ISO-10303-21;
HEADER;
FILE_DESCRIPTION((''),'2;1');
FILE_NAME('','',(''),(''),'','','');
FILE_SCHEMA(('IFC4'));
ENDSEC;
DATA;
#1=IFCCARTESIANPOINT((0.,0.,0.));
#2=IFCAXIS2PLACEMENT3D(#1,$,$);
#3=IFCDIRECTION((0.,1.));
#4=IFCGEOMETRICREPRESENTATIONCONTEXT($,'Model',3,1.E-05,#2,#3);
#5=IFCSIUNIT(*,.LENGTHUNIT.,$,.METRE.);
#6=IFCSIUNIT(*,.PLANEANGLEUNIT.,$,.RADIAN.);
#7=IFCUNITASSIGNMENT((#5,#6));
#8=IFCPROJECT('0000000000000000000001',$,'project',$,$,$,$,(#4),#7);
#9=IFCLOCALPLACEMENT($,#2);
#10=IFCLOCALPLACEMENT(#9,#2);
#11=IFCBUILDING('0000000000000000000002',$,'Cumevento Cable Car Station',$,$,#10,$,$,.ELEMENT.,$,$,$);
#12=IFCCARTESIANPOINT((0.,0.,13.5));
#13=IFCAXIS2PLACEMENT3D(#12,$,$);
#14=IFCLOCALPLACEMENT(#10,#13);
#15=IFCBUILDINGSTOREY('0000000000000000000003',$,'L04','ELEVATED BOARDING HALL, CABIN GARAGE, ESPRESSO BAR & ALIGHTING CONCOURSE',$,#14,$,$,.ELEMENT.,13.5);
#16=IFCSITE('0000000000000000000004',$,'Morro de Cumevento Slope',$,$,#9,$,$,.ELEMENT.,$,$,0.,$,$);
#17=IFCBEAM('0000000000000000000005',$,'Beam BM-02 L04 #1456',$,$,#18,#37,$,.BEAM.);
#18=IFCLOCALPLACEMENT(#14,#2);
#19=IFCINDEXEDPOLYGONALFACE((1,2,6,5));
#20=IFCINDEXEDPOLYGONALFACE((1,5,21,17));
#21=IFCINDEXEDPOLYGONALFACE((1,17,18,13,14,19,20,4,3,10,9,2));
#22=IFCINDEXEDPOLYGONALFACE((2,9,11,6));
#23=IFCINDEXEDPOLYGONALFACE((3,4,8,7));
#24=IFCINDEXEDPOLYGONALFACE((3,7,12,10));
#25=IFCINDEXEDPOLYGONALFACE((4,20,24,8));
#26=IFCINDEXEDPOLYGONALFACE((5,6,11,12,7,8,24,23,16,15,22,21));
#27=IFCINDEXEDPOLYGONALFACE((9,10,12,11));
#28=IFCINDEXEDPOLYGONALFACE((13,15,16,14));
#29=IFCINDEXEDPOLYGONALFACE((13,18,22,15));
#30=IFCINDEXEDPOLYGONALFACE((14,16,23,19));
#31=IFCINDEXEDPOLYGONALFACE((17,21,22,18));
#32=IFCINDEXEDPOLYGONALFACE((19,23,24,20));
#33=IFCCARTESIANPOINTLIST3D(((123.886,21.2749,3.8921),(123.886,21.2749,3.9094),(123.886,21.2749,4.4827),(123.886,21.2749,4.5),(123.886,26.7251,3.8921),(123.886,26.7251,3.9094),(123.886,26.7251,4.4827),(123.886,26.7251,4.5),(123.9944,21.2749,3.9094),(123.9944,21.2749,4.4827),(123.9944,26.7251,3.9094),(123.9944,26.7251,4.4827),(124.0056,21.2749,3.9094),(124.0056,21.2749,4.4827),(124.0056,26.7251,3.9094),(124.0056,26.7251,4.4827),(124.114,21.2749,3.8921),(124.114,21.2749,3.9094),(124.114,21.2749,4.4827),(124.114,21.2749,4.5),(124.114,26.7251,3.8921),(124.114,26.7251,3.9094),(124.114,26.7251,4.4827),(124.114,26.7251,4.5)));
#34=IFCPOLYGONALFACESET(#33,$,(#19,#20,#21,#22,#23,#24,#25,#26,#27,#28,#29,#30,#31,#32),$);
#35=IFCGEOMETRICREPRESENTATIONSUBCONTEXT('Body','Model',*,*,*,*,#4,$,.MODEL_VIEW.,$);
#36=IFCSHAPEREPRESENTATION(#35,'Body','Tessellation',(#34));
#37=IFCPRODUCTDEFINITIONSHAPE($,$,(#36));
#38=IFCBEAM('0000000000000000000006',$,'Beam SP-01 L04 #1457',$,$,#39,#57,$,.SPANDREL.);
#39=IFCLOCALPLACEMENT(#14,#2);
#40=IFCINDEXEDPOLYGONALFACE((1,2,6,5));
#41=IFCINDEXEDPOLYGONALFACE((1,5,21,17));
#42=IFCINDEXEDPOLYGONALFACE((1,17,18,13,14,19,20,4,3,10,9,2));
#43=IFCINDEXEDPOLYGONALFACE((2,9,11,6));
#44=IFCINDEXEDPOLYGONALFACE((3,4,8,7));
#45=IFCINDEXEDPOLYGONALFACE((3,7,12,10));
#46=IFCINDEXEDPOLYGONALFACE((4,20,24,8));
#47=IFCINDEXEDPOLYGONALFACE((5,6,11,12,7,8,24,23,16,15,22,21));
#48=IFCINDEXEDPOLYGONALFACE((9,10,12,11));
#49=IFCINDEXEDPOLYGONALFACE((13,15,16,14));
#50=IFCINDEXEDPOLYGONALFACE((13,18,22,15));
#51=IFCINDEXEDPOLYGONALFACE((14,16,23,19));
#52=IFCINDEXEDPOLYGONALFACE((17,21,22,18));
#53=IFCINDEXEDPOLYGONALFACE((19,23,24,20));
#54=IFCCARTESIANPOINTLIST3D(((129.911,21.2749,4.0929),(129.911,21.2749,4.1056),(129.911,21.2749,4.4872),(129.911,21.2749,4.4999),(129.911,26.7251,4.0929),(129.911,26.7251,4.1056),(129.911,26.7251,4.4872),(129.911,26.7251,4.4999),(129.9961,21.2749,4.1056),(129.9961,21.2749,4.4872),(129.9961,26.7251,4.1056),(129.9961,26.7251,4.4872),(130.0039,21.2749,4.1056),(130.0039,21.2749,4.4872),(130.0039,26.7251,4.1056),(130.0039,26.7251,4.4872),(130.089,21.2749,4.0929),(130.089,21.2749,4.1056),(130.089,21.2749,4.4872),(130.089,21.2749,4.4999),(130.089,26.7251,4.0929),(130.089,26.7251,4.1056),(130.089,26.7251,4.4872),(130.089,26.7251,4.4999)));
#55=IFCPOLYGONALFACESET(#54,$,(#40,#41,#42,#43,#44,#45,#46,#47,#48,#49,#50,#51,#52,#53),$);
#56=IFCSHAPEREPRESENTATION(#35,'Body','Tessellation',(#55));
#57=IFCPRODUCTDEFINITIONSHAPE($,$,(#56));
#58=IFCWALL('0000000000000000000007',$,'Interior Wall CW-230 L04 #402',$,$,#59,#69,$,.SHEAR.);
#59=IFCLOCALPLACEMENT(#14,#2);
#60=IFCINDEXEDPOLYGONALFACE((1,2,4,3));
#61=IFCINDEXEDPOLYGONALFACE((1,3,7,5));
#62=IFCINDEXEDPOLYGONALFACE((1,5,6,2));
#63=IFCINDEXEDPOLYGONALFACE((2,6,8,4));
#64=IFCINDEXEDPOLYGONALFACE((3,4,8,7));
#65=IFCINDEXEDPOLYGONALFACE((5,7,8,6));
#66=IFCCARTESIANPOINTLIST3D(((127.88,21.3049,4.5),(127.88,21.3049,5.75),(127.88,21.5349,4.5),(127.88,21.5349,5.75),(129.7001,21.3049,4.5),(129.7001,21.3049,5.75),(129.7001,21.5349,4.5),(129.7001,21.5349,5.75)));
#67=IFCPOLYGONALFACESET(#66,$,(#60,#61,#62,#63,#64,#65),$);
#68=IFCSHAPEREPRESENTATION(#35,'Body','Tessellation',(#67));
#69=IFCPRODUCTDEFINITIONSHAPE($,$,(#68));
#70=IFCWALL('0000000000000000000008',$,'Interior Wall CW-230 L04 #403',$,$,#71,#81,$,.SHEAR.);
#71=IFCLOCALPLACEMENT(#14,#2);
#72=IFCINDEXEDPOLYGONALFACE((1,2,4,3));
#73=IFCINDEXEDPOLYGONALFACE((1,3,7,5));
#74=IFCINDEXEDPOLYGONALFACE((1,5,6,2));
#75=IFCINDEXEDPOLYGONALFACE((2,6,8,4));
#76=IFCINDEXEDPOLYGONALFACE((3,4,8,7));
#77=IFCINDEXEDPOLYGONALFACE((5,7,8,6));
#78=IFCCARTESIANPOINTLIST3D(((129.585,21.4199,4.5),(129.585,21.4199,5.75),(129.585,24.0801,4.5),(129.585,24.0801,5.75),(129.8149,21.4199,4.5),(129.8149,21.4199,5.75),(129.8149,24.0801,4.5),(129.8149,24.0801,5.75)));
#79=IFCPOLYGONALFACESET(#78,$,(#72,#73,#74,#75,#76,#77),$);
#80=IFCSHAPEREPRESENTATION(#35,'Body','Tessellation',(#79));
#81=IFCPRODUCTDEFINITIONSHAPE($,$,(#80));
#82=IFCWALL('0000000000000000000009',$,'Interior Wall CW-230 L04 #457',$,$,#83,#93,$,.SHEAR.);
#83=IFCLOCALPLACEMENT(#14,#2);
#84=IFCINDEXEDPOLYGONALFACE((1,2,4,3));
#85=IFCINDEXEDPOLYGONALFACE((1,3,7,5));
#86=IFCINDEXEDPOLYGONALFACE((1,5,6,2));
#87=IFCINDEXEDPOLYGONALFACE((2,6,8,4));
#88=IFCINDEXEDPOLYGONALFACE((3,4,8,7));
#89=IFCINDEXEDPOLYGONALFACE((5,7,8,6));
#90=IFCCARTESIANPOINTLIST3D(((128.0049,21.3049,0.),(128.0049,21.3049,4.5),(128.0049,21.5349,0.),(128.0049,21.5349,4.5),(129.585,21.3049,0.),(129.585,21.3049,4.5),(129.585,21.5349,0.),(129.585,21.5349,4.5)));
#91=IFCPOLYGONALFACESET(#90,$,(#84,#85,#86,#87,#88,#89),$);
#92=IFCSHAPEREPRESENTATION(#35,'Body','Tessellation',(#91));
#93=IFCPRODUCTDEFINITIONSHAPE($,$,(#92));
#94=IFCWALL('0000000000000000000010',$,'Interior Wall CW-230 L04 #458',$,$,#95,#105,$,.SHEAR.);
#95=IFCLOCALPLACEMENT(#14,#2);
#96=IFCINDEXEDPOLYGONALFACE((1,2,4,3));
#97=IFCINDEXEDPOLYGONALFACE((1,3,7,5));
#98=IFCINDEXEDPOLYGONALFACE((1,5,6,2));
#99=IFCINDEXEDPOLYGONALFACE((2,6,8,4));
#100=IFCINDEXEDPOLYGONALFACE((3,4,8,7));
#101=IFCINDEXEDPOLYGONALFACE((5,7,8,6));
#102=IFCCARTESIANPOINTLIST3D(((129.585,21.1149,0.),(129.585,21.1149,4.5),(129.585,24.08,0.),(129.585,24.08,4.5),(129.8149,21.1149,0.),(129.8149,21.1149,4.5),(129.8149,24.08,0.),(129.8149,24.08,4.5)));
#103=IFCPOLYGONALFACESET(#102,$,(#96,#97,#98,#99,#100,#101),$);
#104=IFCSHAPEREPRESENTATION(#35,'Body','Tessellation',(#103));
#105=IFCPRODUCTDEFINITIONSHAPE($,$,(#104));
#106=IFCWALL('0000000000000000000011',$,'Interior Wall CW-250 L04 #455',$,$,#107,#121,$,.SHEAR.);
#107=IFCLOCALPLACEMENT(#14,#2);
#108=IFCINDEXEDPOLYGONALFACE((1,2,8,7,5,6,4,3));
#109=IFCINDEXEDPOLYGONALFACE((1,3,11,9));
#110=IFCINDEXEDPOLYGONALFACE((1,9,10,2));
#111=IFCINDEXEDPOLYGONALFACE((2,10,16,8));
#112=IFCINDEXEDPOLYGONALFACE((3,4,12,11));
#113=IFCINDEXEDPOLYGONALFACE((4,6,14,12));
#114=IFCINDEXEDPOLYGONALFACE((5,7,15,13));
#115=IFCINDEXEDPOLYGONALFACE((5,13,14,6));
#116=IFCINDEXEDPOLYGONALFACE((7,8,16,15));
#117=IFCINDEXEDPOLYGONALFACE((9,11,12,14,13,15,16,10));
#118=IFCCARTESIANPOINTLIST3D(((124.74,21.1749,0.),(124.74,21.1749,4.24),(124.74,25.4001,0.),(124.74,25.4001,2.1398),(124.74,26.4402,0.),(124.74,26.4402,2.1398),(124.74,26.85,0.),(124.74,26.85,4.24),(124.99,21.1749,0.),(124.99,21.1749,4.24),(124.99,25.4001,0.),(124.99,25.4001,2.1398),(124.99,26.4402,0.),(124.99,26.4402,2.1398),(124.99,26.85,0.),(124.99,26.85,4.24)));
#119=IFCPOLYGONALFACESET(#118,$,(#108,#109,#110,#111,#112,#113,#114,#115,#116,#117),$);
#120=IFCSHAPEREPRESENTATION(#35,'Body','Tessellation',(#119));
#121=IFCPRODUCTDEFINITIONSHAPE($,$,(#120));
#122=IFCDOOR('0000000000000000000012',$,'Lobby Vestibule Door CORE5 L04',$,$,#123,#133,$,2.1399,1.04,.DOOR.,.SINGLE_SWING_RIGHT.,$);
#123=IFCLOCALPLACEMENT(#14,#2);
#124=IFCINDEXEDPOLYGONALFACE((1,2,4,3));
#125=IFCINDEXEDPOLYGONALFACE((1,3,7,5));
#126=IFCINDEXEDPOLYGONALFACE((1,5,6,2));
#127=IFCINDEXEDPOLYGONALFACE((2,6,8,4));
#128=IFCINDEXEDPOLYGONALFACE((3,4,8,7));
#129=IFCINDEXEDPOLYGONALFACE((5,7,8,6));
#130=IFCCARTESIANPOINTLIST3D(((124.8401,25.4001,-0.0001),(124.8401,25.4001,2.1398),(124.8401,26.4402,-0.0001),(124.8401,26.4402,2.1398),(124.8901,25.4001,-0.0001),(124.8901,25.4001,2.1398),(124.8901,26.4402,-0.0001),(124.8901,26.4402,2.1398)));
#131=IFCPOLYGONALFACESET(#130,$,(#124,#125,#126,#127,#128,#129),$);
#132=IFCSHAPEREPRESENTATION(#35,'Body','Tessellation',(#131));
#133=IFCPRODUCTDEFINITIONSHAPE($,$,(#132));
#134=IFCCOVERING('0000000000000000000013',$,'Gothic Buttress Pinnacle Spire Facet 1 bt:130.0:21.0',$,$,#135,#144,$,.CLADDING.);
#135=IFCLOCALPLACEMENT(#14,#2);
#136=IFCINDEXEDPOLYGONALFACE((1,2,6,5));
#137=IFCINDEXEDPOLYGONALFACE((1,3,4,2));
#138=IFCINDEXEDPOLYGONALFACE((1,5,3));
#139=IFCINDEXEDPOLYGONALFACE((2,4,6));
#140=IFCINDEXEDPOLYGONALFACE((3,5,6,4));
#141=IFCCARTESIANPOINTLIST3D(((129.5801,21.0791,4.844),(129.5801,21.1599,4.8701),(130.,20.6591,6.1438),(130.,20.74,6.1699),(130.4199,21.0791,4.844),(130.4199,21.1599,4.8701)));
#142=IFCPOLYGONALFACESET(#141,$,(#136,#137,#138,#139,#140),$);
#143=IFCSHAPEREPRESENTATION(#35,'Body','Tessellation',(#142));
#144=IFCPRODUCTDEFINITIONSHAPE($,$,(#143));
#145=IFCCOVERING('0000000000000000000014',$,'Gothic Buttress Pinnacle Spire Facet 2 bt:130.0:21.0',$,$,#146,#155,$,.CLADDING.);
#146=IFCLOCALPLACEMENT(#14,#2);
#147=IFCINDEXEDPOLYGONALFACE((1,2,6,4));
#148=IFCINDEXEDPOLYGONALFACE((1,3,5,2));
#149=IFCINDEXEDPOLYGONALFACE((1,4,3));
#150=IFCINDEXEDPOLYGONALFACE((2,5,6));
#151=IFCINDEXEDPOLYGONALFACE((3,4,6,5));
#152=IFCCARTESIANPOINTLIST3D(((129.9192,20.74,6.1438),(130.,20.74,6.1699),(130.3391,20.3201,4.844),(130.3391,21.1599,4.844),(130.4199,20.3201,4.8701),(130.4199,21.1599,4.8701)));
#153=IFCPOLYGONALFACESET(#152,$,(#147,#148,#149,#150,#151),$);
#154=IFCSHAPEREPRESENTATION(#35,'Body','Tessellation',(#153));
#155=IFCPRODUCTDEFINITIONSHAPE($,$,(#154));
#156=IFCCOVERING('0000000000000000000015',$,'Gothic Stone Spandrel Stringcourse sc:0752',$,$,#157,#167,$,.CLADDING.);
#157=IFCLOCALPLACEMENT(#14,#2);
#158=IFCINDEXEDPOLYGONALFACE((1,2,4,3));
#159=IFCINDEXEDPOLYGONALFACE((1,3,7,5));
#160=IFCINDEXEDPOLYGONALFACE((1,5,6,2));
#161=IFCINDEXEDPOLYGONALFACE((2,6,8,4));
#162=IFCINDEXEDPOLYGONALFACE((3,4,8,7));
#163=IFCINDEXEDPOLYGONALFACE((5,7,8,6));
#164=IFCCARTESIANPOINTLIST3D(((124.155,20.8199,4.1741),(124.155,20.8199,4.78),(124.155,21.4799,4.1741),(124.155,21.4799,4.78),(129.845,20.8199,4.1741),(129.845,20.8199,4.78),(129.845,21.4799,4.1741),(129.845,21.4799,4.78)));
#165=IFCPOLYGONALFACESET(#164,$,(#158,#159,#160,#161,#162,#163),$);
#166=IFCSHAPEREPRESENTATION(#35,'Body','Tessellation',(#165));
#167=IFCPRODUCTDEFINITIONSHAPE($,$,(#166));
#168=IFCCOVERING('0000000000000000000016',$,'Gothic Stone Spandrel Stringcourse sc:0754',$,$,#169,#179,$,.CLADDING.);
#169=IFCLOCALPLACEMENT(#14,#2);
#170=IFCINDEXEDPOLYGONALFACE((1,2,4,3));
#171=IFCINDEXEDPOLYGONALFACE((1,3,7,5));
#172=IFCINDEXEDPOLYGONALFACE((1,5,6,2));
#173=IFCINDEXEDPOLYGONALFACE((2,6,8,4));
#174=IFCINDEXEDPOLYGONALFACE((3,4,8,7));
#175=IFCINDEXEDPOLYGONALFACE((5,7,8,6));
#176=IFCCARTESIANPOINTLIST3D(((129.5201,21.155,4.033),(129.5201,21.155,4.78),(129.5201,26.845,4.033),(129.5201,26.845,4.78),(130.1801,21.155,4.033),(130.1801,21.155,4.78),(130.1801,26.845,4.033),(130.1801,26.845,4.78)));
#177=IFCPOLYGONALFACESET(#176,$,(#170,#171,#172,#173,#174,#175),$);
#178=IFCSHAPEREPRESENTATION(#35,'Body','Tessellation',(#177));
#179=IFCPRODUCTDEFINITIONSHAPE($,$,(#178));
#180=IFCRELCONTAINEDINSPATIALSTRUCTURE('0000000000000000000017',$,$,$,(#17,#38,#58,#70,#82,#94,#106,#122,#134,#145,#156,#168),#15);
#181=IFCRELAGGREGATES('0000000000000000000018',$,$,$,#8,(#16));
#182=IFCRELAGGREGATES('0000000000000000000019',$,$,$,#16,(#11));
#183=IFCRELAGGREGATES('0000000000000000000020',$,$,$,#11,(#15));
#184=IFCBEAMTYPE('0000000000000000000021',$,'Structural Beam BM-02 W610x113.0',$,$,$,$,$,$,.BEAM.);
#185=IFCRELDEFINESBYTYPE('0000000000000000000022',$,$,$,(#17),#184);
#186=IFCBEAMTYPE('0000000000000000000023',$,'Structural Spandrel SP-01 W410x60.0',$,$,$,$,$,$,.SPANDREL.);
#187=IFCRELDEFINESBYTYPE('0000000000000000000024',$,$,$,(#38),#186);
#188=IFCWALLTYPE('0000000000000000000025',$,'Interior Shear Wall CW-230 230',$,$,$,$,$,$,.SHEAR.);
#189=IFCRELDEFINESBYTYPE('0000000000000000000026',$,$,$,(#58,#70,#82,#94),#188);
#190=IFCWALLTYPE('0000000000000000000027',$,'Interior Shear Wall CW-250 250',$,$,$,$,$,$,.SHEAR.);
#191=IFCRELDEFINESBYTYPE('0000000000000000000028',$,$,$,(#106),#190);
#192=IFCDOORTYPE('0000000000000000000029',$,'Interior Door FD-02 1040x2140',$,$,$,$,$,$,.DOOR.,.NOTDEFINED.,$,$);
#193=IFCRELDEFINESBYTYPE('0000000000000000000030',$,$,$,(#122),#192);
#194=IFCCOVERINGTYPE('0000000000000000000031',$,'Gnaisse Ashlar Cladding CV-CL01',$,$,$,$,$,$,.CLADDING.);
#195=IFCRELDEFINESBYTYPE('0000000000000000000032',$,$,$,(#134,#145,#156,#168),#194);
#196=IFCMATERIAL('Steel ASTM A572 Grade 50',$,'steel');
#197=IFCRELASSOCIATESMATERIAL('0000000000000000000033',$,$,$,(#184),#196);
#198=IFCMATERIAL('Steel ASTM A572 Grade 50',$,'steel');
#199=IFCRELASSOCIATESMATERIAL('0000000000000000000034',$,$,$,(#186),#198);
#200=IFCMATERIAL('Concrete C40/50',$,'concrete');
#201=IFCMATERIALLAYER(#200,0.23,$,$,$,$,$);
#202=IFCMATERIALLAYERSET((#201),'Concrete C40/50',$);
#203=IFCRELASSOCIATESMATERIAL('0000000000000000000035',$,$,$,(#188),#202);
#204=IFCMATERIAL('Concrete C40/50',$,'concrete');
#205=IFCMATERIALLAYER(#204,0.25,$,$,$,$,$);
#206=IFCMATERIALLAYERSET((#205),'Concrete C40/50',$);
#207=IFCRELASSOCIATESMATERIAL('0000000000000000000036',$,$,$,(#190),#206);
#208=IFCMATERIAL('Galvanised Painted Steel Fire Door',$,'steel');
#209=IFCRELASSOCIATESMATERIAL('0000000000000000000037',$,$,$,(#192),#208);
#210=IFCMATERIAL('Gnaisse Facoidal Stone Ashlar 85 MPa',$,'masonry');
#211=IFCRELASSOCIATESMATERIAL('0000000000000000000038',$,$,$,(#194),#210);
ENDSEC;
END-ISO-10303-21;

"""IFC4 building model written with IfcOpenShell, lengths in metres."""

from ifc_helpers import new_model, si_unit, direction, frame, frame_2d, origin, origin_2d, place, context, subcontext, project, spatial, polyline, rectangle, i_section, outline, extrude, material, layer, layer_set, material_profile, profile_set, type_object, element, fill, save


model = new_model("IFC4")

# Units and contexts
model_context = context("Model", 3, precision=1e-05, world=origin(), true_north=direction((0.0, 1.0)))
body_context = subcontext(model_context, "Body", "Model", "MODEL_VIEW")
ifc_project = project(units=[si_unit("LENGTHUNIT", "METRE"), si_unit("PLANEANGLEUNIT", "RADIAN")], contexts=[model_context])

# Site, building, storey
site_placement = place(None, origin())
site = spatial("IfcSite", under=ifc_project, at=site_placement, Name="Morro de Cumevento Slope", CompositionType="ELEMENT", RefElevation=0.0)
building_placement = place(site_placement, origin())
building = spatial("IfcBuilding", under=site, at=building_placement, Name="Cumevento Cable Car Station", CompositionType="ELEMENT")
storey_placement = place(building_placement, frame((0.0, 0.0, 13.5)))
storey = spatial("IfcBuildingStorey", under=building, at=storey_placement, Name="L04", Description="ELEVATED BOARDING HALL, CABIN GARAGE, ESPRESSO BAR & ALIGHTING CONCOURSE", CompositionType="ELEMENT", Elevation=13.5)

# Beams
ifc_material_1 = material(Name="Steel ASTM A572 Grade 50", Category="steel")
ifc_material_profile_1 = material_profile(ifc_material_1, i_section(OverallWidth=0.228, OverallDepth=0.6079, WebThickness=0.0112, FlangeThickness=0.0173, at=origin_2d()), Name="W610x113.0")
ifc_profile_set_1 = profile_set([ifc_material_profile_1], Name="Steel ASTM A572 Grade 50")
beam_type_1 = type_object("IfcBeamType", Name="Structural Beam BM-02 W610x113.0", PredefinedType="BEAM", material=ifc_profile_set_1)
beam_1_placement = place(storey_placement, frame((124.0, 21.2749, 4.196), z_axis=(0.0, 1.0, 0.0), x_axis=(-1.0, 0.0, 0.0)))
element("IfcBeam", 1, at=beam_1_placement, inside=storey, type_object=beam_type_1, Name="Beam BM-02 L04 #1456", PredefinedType="BEAM", context=body_context, shape_type="SweptSolid", body=[
    extrude(i_section(OverallWidth=0.228, OverallDepth=0.6079, WebThickness=0.0112, FlangeThickness=0.0173, at=origin_2d()), origin(), (0.0, 0.0, 1.0), 5.4502),
])
ifc_material_2 = material(Name="Steel ASTM A572 Grade 50", Category="steel")
ifc_material_profile_2 = material_profile(ifc_material_2, i_section(OverallWidth=0.178, OverallDepth=0.407, WebThickness=0.0078, FlangeThickness=0.0127, at=origin_2d()), Name="W410x60.0")
ifc_profile_set_2 = profile_set([ifc_material_profile_2], Name="Steel ASTM A572 Grade 50")
beam_type_2 = type_object("IfcBeamType", Name="Structural Spandrel SP-01 W410x60.0", PredefinedType="SPANDREL", material=ifc_profile_set_2)
beam_2_placement = place(storey_placement, frame((130.0, 21.2749, 4.2964), z_axis=(0.0, 1.0, 0.0), x_axis=(-1.0, 0.0, 0.0)))
element("IfcBeam", 2, at=beam_2_placement, inside=storey, type_object=beam_type_2, Name="Beam SP-01 L04 #1457", PredefinedType="SPANDREL", context=body_context, shape_type="SweptSolid", body=[
    extrude(i_section(OverallWidth=0.178, OverallDepth=0.407, WebThickness=0.0078, FlangeThickness=0.0127, at=origin_2d()), origin(), (0.0, 0.0, 1.0), 5.4502),
])

# Walls
ifc_material_3 = material(Name="Concrete C40/50", Category="concrete")
ifc_layer_1 = layer(ifc_material_3, 0.23)
ifc_layer_set_1 = layer_set([ifc_layer_1], Name="Concrete C40/50")
wall_type_1 = type_object("IfcWallType", Name="Interior Shear Wall CW-230 230", PredefinedType="SHEAR", material=ifc_layer_set_1)
wall_1_placement = place(storey_placement, frame((127.8799, 21.4199, 4.5), z_axis=(0.0, 0.0, 1.0), x_axis=(1.0, 0.0, 0.0)))
element("IfcWall", 3, at=wall_1_placement, inside=storey, type_object=wall_type_1, Name="Interior Wall CW-230 L04 #402", PredefinedType="SHEAR", context=body_context, shape_type="SweptSolid", body=[
    extrude(rectangle(XDim=1.8201, YDim=0.23, at=frame_2d((0.9102, 0.0))), origin(), (0.0, 0.0, 1.0), 1.25),
])
wall_2_placement = place(storey_placement, frame((129.7, 21.4199, 4.5), z_axis=(0.0, 0.0, 1.0), x_axis=(0.0, 1.0, 0.0)))
element("IfcWall", 4, at=wall_2_placement, inside=storey, type_object=wall_type_1, Name="Interior Wall CW-230 L04 #403", PredefinedType="SHEAR", context=body_context, shape_type="SweptSolid", body=[
    extrude(rectangle(XDim=2.6602, YDim=0.23, at=frame_2d((1.3301, 0.0))), origin(), (0.0, 0.0, 1.0), 1.25),
])
wall_3_placement = place(storey_placement, frame((128.0049, 21.4199, 0.0), z_axis=(0.0, 0.0, 1.0), x_axis=(1.0, 0.0, 0.0)))
element("IfcWall", 5, at=wall_3_placement, inside=storey, type_object=wall_type_1, Name="Interior Wall CW-230 L04 #457", PredefinedType="SHEAR", context=body_context, shape_type="SweptSolid", body=[
    extrude(rectangle(XDim=1.5801, YDim=0.23, at=frame_2d((0.79, 0.0))), origin(), (0.0, 0.0, 1.0), 4.5),
])
wall_4_placement = place(storey_placement, frame((129.7, 21.115, 0.0), z_axis=(0.0, 0.0, 1.0), x_axis=(0.0, 1.0, 0.0)))
element("IfcWall", 6, at=wall_4_placement, inside=storey, type_object=wall_type_1, Name="Interior Wall CW-230 L04 #458", PredefinedType="SHEAR", context=body_context, shape_type="SweptSolid", body=[
    extrude(rectangle(XDim=2.9651, YDim=0.23, at=frame_2d((1.4824, 0.0))), origin(), (0.0, 0.0, 1.0), 4.5),
])

# Wall, opening, door
ifc_material_4 = material(Name="Concrete C40/50", Category="concrete")
ifc_layer_2 = layer(ifc_material_4, 0.25)
ifc_layer_set_2 = layer_set([ifc_layer_2], Name="Concrete C40/50")
wall_type_2 = type_object("IfcWallType", Name="Interior Shear Wall CW-250 250", PredefinedType="SHEAR", material=ifc_layer_set_2)
wall_5_placement = place(storey_placement, frame((124.865, 21.175, 0.0), z_axis=(0.0, 0.0, 1.0), x_axis=(0.0, 1.0, 0.0)))
wall_5 = element("IfcWall", 7, at=wall_5_placement, inside=storey, type_object=wall_type_2, Name="Interior Wall CW-250 L04 #455", PredefinedType="SHEAR", context=body_context, shape_type="SweptSolid", body=[
    extrude(rectangle(XDim=5.675, YDim=0.25, at=frame_2d((2.8374, 0.0))), origin(), (0.0, 0.0, 1.0), 4.24),
])
opening_1_placement = place(wall_5_placement, frame((4.2251, 0.0, 0.0)))
opening_1 = element("IfcOpeningElement", 8, at=opening_1_placement, cuts=wall_5, PredefinedType="OPENING", context=body_context, shape_type="SweptSolid", body=[
    extrude(rectangle(XDim=1.04, YDim=2.1399, at=frame_2d((0.52, 1.0698))), frame((0.0, 0.135, 0.0), z_axis=(0.0, -1.0, 0.0), x_axis=(1.0, 0.0, 0.0)), (0.0, 0.0, 1.0), 0.27),
])
ifc_material_5 = material(Name="Galvanised Painted Steel Fire Door", Category="steel")
door_type_1 = type_object("IfcDoorType", Name="Interior Door FD-02 1040x2140", OperationType="NOTDEFINED", PredefinedType="DOOR", material=ifc_material_5)
door_1_placement = place(opening_1_placement, origin())
door_1 = element("IfcDoor", 9, at=door_1_placement, inside=storey, type_object=door_type_1, Name="Lobby Vestibule Door CORE5 L04", OperationType="SINGLE_SWING_RIGHT", OverallHeight=2.1399, OverallWidth=1.04, PredefinedType="DOOR", context=body_context, shape_type="SweptSolid", body=[
    extrude(rectangle(XDim=1.04, YDim=2.1399, at=frame_2d((0.52, 1.0698))), frame((0.0, 0.0249, 0.0), z_axis=(0.0, -1.0, 0.0), x_axis=(1.0, 0.0, 0.0)), (0.0, 0.0, 1.0), 0.05),
])
fill(opening_1, door_1)

# Coverings
ifc_material_6 = material(Name="Gnaisse Facoidal Stone Ashlar 85 MPa", Category="masonry")
covering_type = type_object("IfcCoveringType", Name="Gnaisse Ashlar Cladding CV-CL01", PredefinedType="CLADDING", material=ifc_material_6)
for number, where, z_axis, x_axis, name in (
    (10, (129.5801, 21.1599, 4.8701), (0.0, 0.951574, 0.307421), (1.0, 0.0, 0.0), "Gothic Buttress Pinnacle Spire Facet 1 bt:130.0:21.0"),
    (11, (130.4199, 21.1599, 4.8701), (0.951574, 0.0, 0.307421), (0.0, -1.0, 0.0), "Gothic Buttress Pinnacle Spire Facet 2 bt:130.0:21.0"),
):
    element("IfcCovering", number, at=place(storey_placement, frame(where, z_axis=z_axis, x_axis=x_axis)), inside=storey, type_object=covering_type, Name=name, PredefinedType="CLADDING", context=body_context, shape_type="SweptSolid", body=[
        extrude(outline(polyline([(0.0, 0.0), (0.8398, 0.0), (0.4199, -1.366), (0.0, 0.0)])), origin(), (0.0, 0.0, -1.0), 0.085),
    ])
covering_1_placement = place(storey_placement, frame((127.0, 21.1499, 4.1741), z_axis=(0.0, 0.0, 1.0), x_axis=(-1.0, 0.0, 0.0)))
element("IfcCovering", 12, at=covering_1_placement, inside=storey, type_object=covering_type, Name="Gothic Stone Spandrel Stringcourse sc:0752", PredefinedType="CLADDING", context=body_context, shape_type="SweptSolid", body=[
    extrude(rectangle(XDim=5.6899, YDim=0.6599, at=origin_2d()), origin(), (0.0, 0.0, 1.0), 0.606),
])
covering_2_placement = place(storey_placement, frame((129.8501, 24.0, 4.033), z_axis=(0.0, 0.0, 1.0), x_axis=(0.0, -1.0, 0.0)))
element("IfcCovering", 13, at=covering_2_placement, inside=storey, type_object=covering_type, Name="Gothic Stone Spandrel Stringcourse sc:0754", PredefinedType="CLADDING", context=body_context, shape_type="SweptSolid", body=[
    extrude(rectangle(XDim=5.6899, YDim=0.6599, at=origin_2d()), origin(), (0.0, 0.0, 1.0), 0.7471),
])

save(model, "model.ifc")
